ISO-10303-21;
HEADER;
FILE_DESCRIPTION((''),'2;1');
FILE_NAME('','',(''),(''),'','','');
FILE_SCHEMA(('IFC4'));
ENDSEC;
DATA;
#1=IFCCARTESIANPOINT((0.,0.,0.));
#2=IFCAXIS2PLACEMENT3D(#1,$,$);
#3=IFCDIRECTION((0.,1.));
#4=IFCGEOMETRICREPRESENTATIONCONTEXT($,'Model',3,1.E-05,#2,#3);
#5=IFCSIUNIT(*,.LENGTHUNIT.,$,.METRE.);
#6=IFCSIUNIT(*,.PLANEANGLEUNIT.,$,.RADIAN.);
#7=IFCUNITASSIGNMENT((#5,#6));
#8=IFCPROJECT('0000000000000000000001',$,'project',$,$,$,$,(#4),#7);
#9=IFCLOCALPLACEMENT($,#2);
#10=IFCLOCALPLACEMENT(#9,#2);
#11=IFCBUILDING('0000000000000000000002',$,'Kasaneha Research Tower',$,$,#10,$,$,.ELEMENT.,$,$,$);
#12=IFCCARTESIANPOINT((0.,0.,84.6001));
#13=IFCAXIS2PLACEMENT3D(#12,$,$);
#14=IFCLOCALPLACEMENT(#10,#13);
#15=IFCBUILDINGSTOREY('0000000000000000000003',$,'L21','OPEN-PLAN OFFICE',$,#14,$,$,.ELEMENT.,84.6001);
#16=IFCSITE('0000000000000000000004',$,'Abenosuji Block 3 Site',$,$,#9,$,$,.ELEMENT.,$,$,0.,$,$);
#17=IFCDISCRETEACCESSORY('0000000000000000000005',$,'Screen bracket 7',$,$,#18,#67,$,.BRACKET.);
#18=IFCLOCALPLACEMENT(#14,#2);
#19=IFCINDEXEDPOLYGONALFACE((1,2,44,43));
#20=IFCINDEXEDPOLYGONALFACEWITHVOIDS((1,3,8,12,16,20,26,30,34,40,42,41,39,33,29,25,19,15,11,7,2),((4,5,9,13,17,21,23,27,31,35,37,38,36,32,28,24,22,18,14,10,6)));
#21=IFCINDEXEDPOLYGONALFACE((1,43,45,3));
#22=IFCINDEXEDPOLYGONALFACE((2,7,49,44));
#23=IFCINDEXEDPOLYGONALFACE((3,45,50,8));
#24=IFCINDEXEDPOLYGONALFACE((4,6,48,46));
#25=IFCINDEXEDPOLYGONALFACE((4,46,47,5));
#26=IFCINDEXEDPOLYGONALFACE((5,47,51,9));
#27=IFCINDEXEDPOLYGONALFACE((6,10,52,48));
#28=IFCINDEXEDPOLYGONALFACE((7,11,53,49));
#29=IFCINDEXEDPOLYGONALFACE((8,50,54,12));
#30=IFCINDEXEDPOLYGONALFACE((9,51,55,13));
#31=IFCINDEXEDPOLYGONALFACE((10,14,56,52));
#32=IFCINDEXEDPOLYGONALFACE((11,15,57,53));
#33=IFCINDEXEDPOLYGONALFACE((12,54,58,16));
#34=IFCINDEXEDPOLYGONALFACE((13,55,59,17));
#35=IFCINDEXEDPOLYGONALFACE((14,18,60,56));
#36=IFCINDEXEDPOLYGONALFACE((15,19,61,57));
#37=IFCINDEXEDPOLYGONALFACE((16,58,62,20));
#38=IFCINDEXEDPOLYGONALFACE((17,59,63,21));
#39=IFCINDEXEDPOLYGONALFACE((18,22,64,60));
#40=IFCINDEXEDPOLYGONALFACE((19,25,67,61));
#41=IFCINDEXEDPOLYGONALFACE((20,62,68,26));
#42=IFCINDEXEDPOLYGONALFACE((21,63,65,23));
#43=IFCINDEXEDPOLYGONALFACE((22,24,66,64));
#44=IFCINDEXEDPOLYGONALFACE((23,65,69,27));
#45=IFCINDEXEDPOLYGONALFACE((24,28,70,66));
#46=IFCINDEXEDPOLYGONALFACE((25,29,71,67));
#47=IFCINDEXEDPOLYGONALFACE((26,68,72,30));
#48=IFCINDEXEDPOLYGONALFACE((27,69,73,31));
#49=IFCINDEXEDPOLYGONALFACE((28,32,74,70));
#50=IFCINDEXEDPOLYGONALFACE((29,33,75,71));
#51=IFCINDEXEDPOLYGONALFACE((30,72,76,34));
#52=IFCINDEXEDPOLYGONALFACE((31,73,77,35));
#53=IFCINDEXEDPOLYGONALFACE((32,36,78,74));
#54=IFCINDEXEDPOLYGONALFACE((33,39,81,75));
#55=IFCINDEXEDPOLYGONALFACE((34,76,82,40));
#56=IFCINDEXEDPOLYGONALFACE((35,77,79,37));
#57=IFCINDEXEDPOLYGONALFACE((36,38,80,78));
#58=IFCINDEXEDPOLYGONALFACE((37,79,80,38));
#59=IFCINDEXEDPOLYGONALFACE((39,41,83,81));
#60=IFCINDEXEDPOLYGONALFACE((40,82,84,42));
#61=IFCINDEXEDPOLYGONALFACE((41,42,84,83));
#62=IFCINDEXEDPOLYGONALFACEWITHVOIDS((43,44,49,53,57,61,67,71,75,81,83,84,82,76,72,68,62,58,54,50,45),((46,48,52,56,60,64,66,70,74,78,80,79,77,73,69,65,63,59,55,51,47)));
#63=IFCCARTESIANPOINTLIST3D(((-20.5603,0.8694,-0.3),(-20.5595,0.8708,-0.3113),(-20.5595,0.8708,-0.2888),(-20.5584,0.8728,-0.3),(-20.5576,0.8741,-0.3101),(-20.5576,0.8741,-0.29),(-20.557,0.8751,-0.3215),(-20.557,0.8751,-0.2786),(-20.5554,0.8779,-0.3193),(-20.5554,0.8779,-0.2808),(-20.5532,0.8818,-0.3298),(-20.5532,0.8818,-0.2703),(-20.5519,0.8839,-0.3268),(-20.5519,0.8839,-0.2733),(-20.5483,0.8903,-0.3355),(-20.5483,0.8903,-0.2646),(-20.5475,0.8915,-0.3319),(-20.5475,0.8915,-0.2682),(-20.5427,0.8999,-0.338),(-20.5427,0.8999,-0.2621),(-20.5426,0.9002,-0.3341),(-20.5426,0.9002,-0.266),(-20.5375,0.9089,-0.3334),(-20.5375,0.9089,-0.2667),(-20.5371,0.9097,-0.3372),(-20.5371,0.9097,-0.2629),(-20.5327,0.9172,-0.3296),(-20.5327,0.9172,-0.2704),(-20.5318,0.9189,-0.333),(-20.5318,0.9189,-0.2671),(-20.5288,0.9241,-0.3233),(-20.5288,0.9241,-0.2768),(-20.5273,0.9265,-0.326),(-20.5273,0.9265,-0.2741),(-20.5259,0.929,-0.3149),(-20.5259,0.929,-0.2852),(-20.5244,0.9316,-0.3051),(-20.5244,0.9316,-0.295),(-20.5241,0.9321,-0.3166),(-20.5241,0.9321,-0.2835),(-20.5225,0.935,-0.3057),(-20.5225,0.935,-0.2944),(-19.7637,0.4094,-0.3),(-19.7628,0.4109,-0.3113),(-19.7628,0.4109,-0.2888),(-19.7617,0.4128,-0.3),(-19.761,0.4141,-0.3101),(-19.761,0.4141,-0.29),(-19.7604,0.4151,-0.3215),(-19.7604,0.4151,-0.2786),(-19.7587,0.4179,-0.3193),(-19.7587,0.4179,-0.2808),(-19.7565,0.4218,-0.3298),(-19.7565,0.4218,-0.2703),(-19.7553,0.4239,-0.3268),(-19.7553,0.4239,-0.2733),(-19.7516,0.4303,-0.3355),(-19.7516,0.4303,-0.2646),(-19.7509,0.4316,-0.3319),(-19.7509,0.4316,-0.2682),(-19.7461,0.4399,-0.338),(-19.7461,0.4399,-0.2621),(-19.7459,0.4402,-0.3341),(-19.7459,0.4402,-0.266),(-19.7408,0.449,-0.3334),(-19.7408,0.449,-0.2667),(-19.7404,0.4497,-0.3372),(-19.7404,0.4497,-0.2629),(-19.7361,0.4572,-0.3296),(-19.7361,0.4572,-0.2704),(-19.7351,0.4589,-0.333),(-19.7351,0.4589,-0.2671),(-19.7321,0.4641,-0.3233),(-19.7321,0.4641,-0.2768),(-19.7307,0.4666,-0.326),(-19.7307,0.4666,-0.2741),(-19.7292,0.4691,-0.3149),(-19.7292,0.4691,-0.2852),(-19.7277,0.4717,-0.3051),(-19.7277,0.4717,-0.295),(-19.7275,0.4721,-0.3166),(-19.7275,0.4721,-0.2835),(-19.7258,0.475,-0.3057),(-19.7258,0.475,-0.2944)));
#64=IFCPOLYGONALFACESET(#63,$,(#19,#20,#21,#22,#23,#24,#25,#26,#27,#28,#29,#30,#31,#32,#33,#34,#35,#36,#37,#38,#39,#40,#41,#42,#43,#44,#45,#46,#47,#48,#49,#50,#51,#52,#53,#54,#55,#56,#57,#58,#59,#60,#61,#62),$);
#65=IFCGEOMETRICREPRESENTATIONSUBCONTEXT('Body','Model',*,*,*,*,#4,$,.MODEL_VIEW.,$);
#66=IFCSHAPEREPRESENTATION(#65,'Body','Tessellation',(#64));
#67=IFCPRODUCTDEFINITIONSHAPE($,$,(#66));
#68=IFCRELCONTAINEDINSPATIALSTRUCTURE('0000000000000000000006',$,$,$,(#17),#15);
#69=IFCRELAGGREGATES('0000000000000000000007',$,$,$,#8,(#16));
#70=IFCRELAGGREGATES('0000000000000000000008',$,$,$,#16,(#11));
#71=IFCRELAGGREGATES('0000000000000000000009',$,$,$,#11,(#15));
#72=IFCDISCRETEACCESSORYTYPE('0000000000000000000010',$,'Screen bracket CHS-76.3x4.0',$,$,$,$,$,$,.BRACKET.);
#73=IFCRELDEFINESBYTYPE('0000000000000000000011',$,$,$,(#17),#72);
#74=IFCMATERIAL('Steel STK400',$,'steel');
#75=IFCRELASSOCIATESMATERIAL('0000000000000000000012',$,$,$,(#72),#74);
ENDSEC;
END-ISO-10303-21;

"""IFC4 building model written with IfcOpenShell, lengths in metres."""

from ifc_helpers import new_model, si_unit, direction, frame, origin, origin_2d, place, context, subcontext, project, spatial, hollow_circle, extrude, material, material_profile, profile_set, type_object, element, save


model = new_model("IFC4")

# Units and contexts
model_context = context("Model", 3, precision=1e-05, world=origin(), true_north=direction((0.0, 1.0)))
body_context = subcontext(model_context, "Body", "Model", "MODEL_VIEW")
ifc_project = project(units=[si_unit("LENGTHUNIT", "METRE"), si_unit("PLANEANGLEUNIT", "RADIAN")], contexts=[model_context])

# Site, building, storey
site_placement = place(None, origin())
site = spatial("IfcSite", under=ifc_project, at=site_placement, Name="Abenosuji Block 3 Site", CompositionType="ELEMENT", RefElevation=0.0)
building_placement = place(site_placement, origin())
building = spatial("IfcBuilding", under=site, at=building_placement, Name="Kasaneha Research Tower", CompositionType="ELEMENT")
storey_placement = place(building_placement, frame((0.0, 0.0, 84.6001)))
storey = spatial("IfcBuildingStorey", under=building, at=storey_placement, Name="L21", Description="OPEN-PLAN OFFICE", CompositionType="ELEMENT", Elevation=84.6001)

# Discrete accessory
ifc_material_1 = material(Name="Steel STK400", Category="steel")
ifc_material_profile_1 = material_profile(ifc_material_1, hollow_circle(Radius=0.0381, WallThickness=0.0039, at=origin_2d()), Name="CHS-76.3x4.0")
ifc_profile_set_1 = profile_set([ifc_material_profile_1], Name="Steel STK400")
discrete_accessory_type = type_object("IfcDiscreteAccessoryType", Name="Screen bracket CHS-76.3x4.0", PredefinedType="BRACKET", material=ifc_profile_set_1)
for number, where, z_axis, x_axis, name in (
    (1, (-19.7446, 0.4424, -0.3), (-0.866013, 0.500021, 0.0), (-0.500021, -0.866013, 0.0), "Screen bracket 7"),
):
    element("IfcDiscreteAccessory", number, at=place(storey_placement, frame(where, z_axis=z_axis, x_axis=x_axis)), inside=storey, type_object=discrete_accessory_type, Name=name, PredefinedType="BRACKET", context=body_context, shape_type="SweptSolid", body=[
        extrude(hollow_circle(Radius=0.0381, WallThickness=0.0039, at=origin_2d()), origin(), (0.0, 0.0, 1.0), 0.9199),
    ])

save(model, "model.ifc")
